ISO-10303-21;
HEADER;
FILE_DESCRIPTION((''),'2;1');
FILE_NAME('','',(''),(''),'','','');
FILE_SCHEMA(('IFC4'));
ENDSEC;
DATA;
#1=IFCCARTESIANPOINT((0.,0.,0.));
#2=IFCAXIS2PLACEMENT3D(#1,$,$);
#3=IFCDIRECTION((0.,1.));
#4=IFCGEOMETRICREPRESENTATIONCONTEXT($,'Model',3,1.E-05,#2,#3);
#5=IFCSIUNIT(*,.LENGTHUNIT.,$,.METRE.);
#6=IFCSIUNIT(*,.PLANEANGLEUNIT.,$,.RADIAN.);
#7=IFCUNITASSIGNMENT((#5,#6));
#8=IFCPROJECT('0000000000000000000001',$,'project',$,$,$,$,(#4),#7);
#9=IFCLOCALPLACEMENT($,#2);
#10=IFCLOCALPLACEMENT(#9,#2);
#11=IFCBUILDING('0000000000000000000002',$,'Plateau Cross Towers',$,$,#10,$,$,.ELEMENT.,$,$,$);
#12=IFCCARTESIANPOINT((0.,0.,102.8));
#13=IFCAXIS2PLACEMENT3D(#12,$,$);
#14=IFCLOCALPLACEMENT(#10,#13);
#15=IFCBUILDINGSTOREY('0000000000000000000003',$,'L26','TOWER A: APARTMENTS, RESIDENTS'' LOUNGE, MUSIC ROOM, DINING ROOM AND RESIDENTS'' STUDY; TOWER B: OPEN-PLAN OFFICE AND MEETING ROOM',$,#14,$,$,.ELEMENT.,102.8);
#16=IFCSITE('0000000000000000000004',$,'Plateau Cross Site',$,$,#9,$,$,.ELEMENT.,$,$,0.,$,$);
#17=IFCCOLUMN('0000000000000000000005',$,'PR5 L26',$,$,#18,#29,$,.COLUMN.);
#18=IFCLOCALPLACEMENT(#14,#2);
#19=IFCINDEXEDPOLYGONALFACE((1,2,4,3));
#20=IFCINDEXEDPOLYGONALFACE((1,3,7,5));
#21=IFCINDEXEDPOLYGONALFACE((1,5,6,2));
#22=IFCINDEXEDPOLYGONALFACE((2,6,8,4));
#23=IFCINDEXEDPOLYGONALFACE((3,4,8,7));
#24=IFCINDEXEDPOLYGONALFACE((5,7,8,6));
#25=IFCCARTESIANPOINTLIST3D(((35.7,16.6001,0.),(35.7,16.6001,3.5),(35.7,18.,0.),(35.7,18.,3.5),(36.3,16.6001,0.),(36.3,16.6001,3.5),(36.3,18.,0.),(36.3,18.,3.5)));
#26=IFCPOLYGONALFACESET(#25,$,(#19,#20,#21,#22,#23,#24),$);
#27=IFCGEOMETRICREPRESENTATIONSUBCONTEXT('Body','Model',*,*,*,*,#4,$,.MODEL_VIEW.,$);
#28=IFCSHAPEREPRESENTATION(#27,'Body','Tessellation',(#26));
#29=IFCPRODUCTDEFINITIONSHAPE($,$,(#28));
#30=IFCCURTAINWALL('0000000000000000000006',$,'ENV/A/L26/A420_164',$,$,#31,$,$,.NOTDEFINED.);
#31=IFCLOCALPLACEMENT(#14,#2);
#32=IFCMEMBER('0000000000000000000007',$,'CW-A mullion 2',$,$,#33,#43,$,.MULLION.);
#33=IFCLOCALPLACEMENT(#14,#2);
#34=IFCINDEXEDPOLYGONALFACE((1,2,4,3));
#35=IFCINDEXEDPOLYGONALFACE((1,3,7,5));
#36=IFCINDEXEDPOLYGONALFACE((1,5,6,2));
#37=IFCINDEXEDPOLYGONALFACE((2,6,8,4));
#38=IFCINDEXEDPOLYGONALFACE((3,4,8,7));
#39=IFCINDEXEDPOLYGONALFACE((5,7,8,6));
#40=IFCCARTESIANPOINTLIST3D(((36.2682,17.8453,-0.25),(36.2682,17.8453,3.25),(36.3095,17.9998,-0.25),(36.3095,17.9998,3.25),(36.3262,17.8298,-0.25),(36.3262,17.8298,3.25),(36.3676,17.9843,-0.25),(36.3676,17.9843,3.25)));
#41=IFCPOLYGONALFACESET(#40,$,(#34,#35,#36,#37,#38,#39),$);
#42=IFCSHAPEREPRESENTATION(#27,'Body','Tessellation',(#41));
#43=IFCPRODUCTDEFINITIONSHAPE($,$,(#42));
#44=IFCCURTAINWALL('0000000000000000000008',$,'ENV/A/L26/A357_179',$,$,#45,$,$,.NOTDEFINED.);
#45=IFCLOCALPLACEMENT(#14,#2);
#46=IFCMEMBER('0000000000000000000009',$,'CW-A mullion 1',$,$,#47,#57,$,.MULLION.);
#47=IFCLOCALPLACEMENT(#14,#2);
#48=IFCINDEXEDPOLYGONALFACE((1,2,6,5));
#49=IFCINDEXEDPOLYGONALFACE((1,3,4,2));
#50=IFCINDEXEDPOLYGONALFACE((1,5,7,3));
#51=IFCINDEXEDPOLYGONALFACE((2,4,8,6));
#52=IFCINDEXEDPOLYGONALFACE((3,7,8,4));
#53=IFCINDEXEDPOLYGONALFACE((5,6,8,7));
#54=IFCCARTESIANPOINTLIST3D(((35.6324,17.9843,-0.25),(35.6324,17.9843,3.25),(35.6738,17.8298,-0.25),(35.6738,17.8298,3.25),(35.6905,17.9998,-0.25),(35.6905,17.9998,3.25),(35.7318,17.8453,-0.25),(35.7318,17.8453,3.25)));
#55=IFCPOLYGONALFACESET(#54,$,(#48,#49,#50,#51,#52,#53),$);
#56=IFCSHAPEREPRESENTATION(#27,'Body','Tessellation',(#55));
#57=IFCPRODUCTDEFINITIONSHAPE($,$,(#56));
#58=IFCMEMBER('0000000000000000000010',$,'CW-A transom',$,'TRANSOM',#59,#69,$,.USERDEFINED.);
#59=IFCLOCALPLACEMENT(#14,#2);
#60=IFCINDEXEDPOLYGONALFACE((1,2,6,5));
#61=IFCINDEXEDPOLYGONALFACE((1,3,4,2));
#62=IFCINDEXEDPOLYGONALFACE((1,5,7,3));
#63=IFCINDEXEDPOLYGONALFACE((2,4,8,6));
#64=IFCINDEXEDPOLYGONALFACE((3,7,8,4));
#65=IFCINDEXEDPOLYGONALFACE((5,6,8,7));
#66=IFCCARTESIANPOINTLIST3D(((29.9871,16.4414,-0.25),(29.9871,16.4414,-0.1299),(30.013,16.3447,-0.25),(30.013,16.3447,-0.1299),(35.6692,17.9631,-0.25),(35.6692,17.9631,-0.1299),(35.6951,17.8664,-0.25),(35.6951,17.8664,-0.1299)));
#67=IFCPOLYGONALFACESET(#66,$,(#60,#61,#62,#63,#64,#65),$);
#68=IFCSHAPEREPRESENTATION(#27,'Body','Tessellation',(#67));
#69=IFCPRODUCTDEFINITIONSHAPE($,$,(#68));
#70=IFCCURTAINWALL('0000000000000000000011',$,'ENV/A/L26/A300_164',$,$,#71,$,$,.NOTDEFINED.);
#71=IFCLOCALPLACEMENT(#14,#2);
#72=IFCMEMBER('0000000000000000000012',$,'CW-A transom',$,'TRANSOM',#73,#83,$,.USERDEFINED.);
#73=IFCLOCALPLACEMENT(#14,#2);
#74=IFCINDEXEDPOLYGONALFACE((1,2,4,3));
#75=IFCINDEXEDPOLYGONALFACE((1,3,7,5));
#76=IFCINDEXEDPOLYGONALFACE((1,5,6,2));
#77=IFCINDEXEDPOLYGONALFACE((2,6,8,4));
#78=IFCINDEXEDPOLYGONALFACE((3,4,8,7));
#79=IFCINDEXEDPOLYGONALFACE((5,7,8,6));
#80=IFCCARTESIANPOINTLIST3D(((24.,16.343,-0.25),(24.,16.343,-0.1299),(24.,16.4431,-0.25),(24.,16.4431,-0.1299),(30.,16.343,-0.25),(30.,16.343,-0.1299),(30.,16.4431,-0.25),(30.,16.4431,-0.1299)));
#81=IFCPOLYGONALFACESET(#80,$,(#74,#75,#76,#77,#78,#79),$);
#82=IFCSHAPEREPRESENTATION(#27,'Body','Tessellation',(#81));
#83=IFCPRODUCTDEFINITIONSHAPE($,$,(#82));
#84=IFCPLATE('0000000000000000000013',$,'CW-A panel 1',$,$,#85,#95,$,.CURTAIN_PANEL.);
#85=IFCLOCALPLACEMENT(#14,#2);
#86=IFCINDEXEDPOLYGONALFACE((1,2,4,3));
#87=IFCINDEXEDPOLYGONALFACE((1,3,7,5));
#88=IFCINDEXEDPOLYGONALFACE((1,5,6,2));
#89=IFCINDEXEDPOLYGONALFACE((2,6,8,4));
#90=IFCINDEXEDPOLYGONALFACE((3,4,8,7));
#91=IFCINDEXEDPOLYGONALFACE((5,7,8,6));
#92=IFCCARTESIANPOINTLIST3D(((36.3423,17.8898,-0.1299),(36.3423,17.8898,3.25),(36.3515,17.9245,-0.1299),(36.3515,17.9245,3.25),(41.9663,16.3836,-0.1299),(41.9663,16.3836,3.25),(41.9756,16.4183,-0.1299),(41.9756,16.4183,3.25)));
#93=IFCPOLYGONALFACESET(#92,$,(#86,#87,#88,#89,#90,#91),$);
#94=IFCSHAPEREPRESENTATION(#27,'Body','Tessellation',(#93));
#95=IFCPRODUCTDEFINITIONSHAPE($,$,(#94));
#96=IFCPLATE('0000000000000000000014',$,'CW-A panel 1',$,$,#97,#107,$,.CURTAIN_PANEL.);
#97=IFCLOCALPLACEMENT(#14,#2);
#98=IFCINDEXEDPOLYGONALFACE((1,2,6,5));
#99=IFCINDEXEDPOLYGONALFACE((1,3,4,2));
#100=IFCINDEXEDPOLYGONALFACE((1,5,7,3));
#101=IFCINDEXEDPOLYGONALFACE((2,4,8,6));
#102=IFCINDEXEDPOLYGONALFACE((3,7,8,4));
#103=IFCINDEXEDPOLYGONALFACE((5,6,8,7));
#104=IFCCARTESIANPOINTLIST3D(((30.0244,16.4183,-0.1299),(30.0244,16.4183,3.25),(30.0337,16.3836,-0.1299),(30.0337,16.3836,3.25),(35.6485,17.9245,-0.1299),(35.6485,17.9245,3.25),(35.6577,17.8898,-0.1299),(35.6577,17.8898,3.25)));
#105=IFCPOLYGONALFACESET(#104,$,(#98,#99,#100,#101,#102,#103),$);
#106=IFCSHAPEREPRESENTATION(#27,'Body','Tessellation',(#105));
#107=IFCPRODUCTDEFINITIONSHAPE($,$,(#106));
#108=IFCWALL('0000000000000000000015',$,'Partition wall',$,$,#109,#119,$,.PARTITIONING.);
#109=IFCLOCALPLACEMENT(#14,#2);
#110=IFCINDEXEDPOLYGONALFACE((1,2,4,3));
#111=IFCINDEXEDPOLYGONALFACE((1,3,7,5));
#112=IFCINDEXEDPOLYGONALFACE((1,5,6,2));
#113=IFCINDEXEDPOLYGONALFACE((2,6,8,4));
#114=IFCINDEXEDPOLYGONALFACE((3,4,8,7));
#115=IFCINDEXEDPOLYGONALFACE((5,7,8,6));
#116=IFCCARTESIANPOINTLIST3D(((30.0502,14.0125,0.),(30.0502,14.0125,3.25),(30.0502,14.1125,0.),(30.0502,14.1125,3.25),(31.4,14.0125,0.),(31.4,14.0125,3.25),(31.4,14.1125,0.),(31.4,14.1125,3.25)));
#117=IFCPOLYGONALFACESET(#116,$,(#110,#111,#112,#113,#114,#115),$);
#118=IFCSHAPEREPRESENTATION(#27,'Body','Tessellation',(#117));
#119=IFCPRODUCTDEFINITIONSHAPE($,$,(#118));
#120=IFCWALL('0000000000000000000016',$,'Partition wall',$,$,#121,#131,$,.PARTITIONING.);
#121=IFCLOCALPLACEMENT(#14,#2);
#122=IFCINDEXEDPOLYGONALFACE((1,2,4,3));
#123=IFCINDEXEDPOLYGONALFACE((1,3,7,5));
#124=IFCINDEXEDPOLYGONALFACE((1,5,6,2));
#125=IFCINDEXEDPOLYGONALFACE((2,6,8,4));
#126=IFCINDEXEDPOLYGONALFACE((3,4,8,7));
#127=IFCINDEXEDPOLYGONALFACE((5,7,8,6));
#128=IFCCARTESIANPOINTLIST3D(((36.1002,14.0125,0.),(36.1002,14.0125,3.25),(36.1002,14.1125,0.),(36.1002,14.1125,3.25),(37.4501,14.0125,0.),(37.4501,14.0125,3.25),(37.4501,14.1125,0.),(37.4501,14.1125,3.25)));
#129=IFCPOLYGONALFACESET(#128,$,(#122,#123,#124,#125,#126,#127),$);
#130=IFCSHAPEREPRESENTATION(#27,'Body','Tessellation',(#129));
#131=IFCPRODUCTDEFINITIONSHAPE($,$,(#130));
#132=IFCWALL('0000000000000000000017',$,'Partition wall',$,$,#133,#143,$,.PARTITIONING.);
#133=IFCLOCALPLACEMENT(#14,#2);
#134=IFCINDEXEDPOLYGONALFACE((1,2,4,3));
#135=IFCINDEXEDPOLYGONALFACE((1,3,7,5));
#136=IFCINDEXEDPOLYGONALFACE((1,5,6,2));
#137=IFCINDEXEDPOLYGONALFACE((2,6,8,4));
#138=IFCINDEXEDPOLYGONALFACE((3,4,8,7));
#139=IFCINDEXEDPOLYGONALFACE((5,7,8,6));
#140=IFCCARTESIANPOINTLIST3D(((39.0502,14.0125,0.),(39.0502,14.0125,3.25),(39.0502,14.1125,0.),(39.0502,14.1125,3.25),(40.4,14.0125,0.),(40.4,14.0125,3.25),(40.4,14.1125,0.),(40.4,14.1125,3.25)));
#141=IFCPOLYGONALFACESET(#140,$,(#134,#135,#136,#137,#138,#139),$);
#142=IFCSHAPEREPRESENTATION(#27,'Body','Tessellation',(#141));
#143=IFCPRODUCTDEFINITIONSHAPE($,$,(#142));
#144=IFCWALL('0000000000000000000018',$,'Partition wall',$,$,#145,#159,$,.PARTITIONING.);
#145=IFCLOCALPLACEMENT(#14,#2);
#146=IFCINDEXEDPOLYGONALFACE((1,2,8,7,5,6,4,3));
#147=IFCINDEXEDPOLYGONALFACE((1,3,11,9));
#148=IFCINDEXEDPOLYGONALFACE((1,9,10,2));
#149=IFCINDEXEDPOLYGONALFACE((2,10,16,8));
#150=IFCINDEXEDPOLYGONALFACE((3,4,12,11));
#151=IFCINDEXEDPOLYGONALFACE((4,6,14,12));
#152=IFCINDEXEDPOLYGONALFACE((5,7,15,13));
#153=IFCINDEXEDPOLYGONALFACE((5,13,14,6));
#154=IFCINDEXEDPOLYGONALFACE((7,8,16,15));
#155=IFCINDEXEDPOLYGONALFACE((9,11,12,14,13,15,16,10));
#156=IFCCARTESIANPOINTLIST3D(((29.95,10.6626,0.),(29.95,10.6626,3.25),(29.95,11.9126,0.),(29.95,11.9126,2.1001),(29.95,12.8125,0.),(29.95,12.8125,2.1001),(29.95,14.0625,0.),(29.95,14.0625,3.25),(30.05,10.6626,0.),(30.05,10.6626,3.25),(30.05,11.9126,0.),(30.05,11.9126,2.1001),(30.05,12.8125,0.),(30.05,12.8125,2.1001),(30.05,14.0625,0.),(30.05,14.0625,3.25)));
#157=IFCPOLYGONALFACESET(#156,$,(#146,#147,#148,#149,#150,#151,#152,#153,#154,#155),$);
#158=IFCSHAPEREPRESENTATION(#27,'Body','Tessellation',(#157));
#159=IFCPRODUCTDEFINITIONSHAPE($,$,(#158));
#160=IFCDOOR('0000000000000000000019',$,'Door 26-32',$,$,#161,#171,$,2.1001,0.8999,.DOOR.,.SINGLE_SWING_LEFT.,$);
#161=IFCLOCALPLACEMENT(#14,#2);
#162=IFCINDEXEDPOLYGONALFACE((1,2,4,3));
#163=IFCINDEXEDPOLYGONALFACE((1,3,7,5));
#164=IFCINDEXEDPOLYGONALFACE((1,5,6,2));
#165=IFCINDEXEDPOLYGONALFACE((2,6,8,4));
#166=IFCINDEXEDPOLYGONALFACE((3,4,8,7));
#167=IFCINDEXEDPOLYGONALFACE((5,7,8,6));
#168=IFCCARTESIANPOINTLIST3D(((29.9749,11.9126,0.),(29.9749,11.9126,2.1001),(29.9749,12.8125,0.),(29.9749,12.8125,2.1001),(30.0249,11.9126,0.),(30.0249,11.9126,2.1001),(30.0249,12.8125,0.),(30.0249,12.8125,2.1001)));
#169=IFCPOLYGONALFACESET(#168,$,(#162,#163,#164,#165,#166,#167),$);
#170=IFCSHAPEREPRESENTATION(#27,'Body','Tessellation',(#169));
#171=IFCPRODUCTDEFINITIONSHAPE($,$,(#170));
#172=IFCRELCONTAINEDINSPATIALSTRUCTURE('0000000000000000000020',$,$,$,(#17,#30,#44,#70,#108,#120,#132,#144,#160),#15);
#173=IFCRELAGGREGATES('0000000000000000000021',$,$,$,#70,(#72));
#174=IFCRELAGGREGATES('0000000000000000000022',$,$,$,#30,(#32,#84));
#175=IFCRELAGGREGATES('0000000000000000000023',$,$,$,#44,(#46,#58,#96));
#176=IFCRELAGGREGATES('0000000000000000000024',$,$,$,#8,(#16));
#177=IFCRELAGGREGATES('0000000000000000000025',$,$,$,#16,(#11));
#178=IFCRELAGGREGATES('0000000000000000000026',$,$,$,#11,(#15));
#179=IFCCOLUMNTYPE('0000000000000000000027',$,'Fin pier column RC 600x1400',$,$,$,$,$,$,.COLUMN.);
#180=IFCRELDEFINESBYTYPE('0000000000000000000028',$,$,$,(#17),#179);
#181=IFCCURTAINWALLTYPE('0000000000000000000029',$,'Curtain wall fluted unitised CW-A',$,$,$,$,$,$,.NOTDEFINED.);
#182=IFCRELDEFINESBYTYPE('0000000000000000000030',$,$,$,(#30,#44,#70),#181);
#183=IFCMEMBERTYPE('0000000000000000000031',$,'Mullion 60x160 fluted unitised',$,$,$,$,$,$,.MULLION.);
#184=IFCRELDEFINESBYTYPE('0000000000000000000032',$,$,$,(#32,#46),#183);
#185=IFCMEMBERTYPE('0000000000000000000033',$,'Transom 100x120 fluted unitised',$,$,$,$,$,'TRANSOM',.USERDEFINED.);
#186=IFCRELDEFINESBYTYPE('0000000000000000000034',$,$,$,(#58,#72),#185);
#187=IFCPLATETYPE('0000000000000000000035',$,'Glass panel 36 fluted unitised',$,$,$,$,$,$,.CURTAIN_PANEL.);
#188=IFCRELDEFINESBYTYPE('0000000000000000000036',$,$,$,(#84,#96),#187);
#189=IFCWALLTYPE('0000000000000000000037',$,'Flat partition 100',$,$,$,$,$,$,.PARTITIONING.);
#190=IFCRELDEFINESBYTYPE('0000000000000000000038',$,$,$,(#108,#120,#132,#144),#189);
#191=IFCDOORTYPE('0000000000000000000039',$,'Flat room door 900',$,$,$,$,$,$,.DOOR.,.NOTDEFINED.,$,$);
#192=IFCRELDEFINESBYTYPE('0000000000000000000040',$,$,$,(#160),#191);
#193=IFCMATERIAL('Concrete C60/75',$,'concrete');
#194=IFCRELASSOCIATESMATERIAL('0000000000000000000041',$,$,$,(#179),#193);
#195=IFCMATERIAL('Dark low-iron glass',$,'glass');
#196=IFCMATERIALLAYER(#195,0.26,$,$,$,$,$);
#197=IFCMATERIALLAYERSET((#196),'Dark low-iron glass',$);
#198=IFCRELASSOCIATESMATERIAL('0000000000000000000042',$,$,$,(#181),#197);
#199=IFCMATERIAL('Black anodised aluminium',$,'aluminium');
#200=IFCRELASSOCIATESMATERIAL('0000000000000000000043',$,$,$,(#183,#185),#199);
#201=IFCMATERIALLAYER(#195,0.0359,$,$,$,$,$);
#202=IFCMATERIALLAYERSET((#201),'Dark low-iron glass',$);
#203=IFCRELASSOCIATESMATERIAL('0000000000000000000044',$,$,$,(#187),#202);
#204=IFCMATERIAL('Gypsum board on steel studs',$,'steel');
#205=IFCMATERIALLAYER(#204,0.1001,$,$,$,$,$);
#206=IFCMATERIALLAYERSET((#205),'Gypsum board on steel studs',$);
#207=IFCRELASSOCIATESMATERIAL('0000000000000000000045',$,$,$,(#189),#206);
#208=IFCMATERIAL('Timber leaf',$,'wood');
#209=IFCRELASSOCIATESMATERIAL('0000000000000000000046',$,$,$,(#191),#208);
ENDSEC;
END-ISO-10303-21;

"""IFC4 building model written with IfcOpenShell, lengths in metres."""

from ifc_helpers import new_model, si_unit, direction, frame, frame_2d, origin, origin_2d, place, context, subcontext, project, spatial, rectangle, extrude, material, layer, layer_set, material_profile, profile_set, type_object, element, fill, aggregate, save


model = new_model("IFC4")

# Units and contexts
model_context = context("Model", 3, precision=1e-05, world=origin(), true_north=direction((0.0, 1.0)))
body_context = subcontext(model_context, "Body", "Model", "MODEL_VIEW")
ifc_project = project(units=[si_unit("LENGTHUNIT", "METRE"), si_unit("PLANEANGLEUNIT", "RADIAN")], contexts=[model_context])

# Site, building, storey
site_placement = place(None, origin())
site = spatial("IfcSite", under=ifc_project, at=site_placement, Name="Plateau Cross Site", CompositionType="ELEMENT", RefElevation=0.0)
building_placement = place(site_placement, origin())
building = spatial("IfcBuilding", under=site, at=building_placement, Name="Plateau Cross Towers", CompositionType="ELEMENT")
storey_placement = place(building_placement, frame((0.0, 0.0, 102.8)))
storey = spatial("IfcBuildingStorey", under=building, at=storey_placement, Name="L26", Description="TOWER A: APARTMENTS, RESIDENTS' LOUNGE, MUSIC ROOM, DINING ROOM AND RESIDENTS' STUDY; TOWER B: OPEN-PLAN OFFICE AND MEETING ROOM", CompositionType="ELEMENT", Elevation=102.8)

# Column
ifc_material_1 = material(Name="Concrete C60/75", Category="concrete")
ifc_material_profile_1 = material_profile(ifc_material_1, rectangle(XDim=0.6001, YDim=1.3999, at=origin_2d()), Name="RC 600x1400")
ifc_profile_set_1 = profile_set([ifc_material_profile_1], Name="Concrete C60/75")
column_type = type_object("IfcColumnType", Name="Fin pier column RC 600x1400", PredefinedType="COLUMN", material=ifc_profile_set_1)
column_placement = place(storey_placement, frame((36.0, 17.3, 0.0), z_axis=(0.0, 0.0, 1.0), x_axis=(1.0, 0.0, 0.0)))
element("IfcColumn", 1, at=column_placement, inside=storey, type_object=column_type, Name="PR5 L26", PredefinedType="COLUMN", context=body_context, shape_type="SweptSolid", body=[
    extrude(rectangle(XDim=0.6001, YDim=1.3999, at=origin_2d()), origin(), (0.0, 0.0, 1.0), 3.5),
])

# Curtain wall, member
ifc_material_2 = material(Name="Dark low-iron glass", Category="glass")
ifc_layer_1 = layer(ifc_material_2, 0.26)
ifc_layer_set_1 = layer_set([ifc_layer_1], Name="Dark low-iron glass")
curtain_wall_type = type_object("IfcCurtainWallType", Name="Curtain wall fluted unitised CW-A", PredefinedType="NOTDEFINED", material=ifc_layer_set_1)
curtain_wall_1_placement = place(storey_placement, origin())
curtain_wall_1 = element("IfcCurtainWall", 2, at=curtain_wall_1_placement, inside=storey, type_object=curtain_wall_type, Name="ENV/A/L26/A420_164", PredefinedType="NOTDEFINED")
ifc_material_3 = material(Name="Black anodised aluminium", Category="aluminium")
ifc_material_profile_2 = material_profile(ifc_material_3, rectangle(XDim=0.0601, YDim=0.1599, at=origin_2d()), Name="MULLION 60x160")
ifc_profile_set_2 = profile_set([ifc_material_profile_2], Name="Black anodised aluminium")
member_type_1 = type_object("IfcMemberType", Name="Mullion 60x160 fluted unitised", PredefinedType="MULLION", material=ifc_profile_set_2)
member_1_placement = place(storey_placement, frame((36.3179, 17.9148, -0.25), z_axis=(0.0, 0.0, 1.0), x_axis=(-0.965958, 0.258699, 0.0)))
member_1 = element("IfcMember", 3, at=member_1_placement, type_object=member_type_1, Name="CW-A mullion 2", PredefinedType="MULLION", context=body_context, shape_type="SweptSolid", body=[
    extrude(rectangle(XDim=0.0601, YDim=0.1599, at=origin_2d()), origin(), (0.0, 0.0, 1.0), 3.5),
])

# Curtain wall, members
curtain_wall_2_placement = place(storey_placement, origin())
curtain_wall_2 = element("IfcCurtainWall", 4, at=curtain_wall_2_placement, inside=storey, type_object=curtain_wall_type, Name="ENV/A/L26/A357_179", PredefinedType="NOTDEFINED")
member_2_placement = place(storey_placement, frame((35.6821, 17.9148, -0.25), z_axis=(0.0, 0.0, 1.0), x_axis=(-0.965958, -0.258699, 0.0)))
member_2 = element("IfcMember", 5, at=member_2_placement, type_object=member_type_1, Name="CW-A mullion 1", PredefinedType="MULLION", context=body_context, shape_type="SweptSolid", body=[
    extrude(rectangle(XDim=0.0601, YDim=0.1599, at=origin_2d()), origin(), (0.0, 0.0, 1.0), 3.5),
])
ifc_material_profile_3 = material_profile(ifc_material_3, rectangle(XDim=0.1001, YDim=0.1201, at=origin_2d()), Name="TRANSOM 100x120")
ifc_profile_set_3 = profile_set([ifc_material_profile_3], Name="Black anodised aluminium")
member_type_2 = type_object("IfcMemberType", Name="Transom 100x120 fluted unitised", ElementType="TRANSOM", PredefinedType="USERDEFINED", material=ifc_profile_set_3)
member_3_placement = place(storey_placement, frame((35.6821, 17.9148, -0.1899), z_axis=(-0.96596, -0.258693, 0.0), x_axis=(0.258693, -0.96596, 0.0)))
member_3 = element("IfcMember", 6, at=member_3_placement, type_object=member_type_2, Name="CW-A transom", ObjectType="TRANSOM", PredefinedType="USERDEFINED", context=body_context, shape_type="SweptSolid", body=[
    extrude(rectangle(XDim=0.1001, YDim=0.1201, at=origin_2d()), origin(), (0.0, 0.0, 1.0), 5.8823),
])

# Curtain wall, member
curtain_wall_3_placement = place(storey_placement, origin())
curtain_wall_3 = element("IfcCurtainWall", 7, at=curtain_wall_3_placement, inside=storey, type_object=curtain_wall_type, Name="ENV/A/L26/A300_164", PredefinedType="NOTDEFINED")
member_4_placement = place(storey_placement, frame((30.0, 16.3931, -0.1899), z_axis=(-1.0, 0.0, 0.0), x_axis=(0.0, -1.0, 0.0)))
member_4 = element("IfcMember", 8, at=member_4_placement, type_object=member_type_2, Name="CW-A transom", ObjectType="TRANSOM", PredefinedType="USERDEFINED", context=body_context, shape_type="SweptSolid", body=[
    extrude(rectangle(XDim=0.1001, YDim=0.1201, at=origin_2d()), origin(), (0.0, 0.0, 1.0), 6.0),
])
aggregate(curtain_wall_3, [member_4])

# Plates
ifc_layer_2 = layer(ifc_material_2, 0.0359)
ifc_layer_set_2 = layer_set([ifc_layer_2], Name="Dark low-iron glass")
plate_type = type_object("IfcPlateType", Name="Glass panel 36 fluted unitised", PredefinedType="CURTAIN_PANEL", material=ifc_layer_set_2)
plate_1_placement = place(storey_placement, frame((39.1589, 17.1541, -0.1299), z_axis=(0.0, 0.0, 1.0), x_axis=(-0.965958, 0.258699, 0.0)))
plate_1 = element("IfcPlate", 9, at=plate_1_placement, type_object=plate_type, Name="CW-A panel 1", PredefinedType="CURTAIN_PANEL", context=body_context, shape_type="SweptSolid", body=[
    extrude(rectangle(XDim=5.8223, YDim=0.0359, at=origin_2d()), origin(), (0.0, 0.0, 1.0), 3.3799),
])
aggregate(curtain_wall_1, [member_1, plate_1])
plate_2_placement = place(storey_placement, frame((32.8411, 17.1541, -0.1299), z_axis=(0.0, 0.0, 1.0), x_axis=(-0.965958, -0.258699, 0.0)))
plate_2 = element("IfcPlate", 10, at=plate_2_placement, type_object=plate_type, Name="CW-A panel 1", PredefinedType="CURTAIN_PANEL", context=body_context, shape_type="SweptSolid", body=[
    extrude(rectangle(XDim=5.8223, YDim=0.0359, at=origin_2d()), origin(), (0.0, 0.0, 1.0), 3.3799),
])
aggregate(curtain_wall_2, [member_2, member_3, plate_2])

# Walls
ifc_material_4 = material(Name="Gypsum board on steel studs", Category="steel")
ifc_layer_3 = layer(ifc_material_4, 0.1001)
ifc_layer_set_3 = layer_set([ifc_layer_3], Name="Gypsum board on steel studs")
wall_type_1 = type_object("IfcWallType", Name="Flat partition 100", PredefinedType="PARTITIONING", material=ifc_layer_set_3)
for number, where, z_axis, x_axis, name in (
    (11, (31.3999, 14.0625, 0.0), (0.0, 0.0, 1.0), (-1.0, 0.0, 0.0), "Partition wall"),
    (12, (37.45, 14.0625, 0.0), (0.0, 0.0, 1.0), (-1.0, 0.0, 0.0), "Partition wall"),
    (13, (40.3999, 14.0625, 0.0), (0.0, 0.0, 1.0), (-1.0, 0.0, 0.0), "Partition wall"),
):
    element("IfcWall", number, at=place(storey_placement, frame(where, z_axis=z_axis, x_axis=x_axis)), inside=storey, type_object=wall_type_1, Name=name, PredefinedType="PARTITIONING", context=body_context, shape_type="SweptSolid", body=[
        extrude(rectangle(XDim=1.3499, YDim=0.1001, at=frame_2d((0.6748, 0.0))), origin(), (0.0, 0.0, 1.0), 3.25),
    ])

# Wall, opening, door
wall_1_placement = place(storey_placement, frame((30.0, 14.0625, 0.0), z_axis=(0.0, 0.0, 1.0), x_axis=(0.0, -1.0, 0.0)))
wall_1 = element("IfcWall", 14, at=wall_1_placement, inside=storey, type_object=wall_type_1, Name="Partition wall", PredefinedType="PARTITIONING", context=body_context, shape_type="SweptSolid", body=[
    extrude(rectangle(XDim=3.3999, YDim=0.1001, at=frame_2d((1.7, 0.0))), origin(), (0.0, 0.0, 1.0), 3.25),
])
opening_1_placement = place(wall_1_placement, frame((1.25, 0.0, 0.0)))
opening_1 = element("IfcOpeningElement", 15, at=opening_1_placement, cuts=wall_1, PredefinedType="OPENING", context=body_context, shape_type="SweptSolid", body=[
    extrude(rectangle(XDim=0.8999, YDim=2.1001, at=frame_2d((0.45, 1.05))), frame((0.0, 0.0601, 0.0), z_axis=(0.0, -1.0, 0.0), x_axis=(1.0, 0.0, 0.0)), (0.0, 0.0, 1.0), 0.1201),
])
ifc_material_5 = material(Name="Timber leaf", Category="wood")
door_type = type_object("IfcDoorType", Name="Flat room door 900", OperationType="NOTDEFINED", PredefinedType="DOOR", material=ifc_material_5)
door_1_placement = place(opening_1_placement, origin())
door_1 = element("IfcDoor", 16, at=door_1_placement, inside=storey, type_object=door_type, Name="Door 26-32", OperationType="SINGLE_SWING_LEFT", OverallHeight=2.1001, OverallWidth=0.8999, PredefinedType="DOOR", context=body_context, shape_type="SweptSolid", body=[
    extrude(rectangle(XDim=0.8999, YDim=2.1001, at=frame_2d((0.45, 1.05))), frame((0.0, 0.0249, 0.0), z_axis=(0.0, -1.0, 0.0), x_axis=(1.0, 0.0, 0.0)), (0.0, 0.0, 1.0), 0.05),
])
fill(opening_1, door_1)

save(model, "model.ifc")
